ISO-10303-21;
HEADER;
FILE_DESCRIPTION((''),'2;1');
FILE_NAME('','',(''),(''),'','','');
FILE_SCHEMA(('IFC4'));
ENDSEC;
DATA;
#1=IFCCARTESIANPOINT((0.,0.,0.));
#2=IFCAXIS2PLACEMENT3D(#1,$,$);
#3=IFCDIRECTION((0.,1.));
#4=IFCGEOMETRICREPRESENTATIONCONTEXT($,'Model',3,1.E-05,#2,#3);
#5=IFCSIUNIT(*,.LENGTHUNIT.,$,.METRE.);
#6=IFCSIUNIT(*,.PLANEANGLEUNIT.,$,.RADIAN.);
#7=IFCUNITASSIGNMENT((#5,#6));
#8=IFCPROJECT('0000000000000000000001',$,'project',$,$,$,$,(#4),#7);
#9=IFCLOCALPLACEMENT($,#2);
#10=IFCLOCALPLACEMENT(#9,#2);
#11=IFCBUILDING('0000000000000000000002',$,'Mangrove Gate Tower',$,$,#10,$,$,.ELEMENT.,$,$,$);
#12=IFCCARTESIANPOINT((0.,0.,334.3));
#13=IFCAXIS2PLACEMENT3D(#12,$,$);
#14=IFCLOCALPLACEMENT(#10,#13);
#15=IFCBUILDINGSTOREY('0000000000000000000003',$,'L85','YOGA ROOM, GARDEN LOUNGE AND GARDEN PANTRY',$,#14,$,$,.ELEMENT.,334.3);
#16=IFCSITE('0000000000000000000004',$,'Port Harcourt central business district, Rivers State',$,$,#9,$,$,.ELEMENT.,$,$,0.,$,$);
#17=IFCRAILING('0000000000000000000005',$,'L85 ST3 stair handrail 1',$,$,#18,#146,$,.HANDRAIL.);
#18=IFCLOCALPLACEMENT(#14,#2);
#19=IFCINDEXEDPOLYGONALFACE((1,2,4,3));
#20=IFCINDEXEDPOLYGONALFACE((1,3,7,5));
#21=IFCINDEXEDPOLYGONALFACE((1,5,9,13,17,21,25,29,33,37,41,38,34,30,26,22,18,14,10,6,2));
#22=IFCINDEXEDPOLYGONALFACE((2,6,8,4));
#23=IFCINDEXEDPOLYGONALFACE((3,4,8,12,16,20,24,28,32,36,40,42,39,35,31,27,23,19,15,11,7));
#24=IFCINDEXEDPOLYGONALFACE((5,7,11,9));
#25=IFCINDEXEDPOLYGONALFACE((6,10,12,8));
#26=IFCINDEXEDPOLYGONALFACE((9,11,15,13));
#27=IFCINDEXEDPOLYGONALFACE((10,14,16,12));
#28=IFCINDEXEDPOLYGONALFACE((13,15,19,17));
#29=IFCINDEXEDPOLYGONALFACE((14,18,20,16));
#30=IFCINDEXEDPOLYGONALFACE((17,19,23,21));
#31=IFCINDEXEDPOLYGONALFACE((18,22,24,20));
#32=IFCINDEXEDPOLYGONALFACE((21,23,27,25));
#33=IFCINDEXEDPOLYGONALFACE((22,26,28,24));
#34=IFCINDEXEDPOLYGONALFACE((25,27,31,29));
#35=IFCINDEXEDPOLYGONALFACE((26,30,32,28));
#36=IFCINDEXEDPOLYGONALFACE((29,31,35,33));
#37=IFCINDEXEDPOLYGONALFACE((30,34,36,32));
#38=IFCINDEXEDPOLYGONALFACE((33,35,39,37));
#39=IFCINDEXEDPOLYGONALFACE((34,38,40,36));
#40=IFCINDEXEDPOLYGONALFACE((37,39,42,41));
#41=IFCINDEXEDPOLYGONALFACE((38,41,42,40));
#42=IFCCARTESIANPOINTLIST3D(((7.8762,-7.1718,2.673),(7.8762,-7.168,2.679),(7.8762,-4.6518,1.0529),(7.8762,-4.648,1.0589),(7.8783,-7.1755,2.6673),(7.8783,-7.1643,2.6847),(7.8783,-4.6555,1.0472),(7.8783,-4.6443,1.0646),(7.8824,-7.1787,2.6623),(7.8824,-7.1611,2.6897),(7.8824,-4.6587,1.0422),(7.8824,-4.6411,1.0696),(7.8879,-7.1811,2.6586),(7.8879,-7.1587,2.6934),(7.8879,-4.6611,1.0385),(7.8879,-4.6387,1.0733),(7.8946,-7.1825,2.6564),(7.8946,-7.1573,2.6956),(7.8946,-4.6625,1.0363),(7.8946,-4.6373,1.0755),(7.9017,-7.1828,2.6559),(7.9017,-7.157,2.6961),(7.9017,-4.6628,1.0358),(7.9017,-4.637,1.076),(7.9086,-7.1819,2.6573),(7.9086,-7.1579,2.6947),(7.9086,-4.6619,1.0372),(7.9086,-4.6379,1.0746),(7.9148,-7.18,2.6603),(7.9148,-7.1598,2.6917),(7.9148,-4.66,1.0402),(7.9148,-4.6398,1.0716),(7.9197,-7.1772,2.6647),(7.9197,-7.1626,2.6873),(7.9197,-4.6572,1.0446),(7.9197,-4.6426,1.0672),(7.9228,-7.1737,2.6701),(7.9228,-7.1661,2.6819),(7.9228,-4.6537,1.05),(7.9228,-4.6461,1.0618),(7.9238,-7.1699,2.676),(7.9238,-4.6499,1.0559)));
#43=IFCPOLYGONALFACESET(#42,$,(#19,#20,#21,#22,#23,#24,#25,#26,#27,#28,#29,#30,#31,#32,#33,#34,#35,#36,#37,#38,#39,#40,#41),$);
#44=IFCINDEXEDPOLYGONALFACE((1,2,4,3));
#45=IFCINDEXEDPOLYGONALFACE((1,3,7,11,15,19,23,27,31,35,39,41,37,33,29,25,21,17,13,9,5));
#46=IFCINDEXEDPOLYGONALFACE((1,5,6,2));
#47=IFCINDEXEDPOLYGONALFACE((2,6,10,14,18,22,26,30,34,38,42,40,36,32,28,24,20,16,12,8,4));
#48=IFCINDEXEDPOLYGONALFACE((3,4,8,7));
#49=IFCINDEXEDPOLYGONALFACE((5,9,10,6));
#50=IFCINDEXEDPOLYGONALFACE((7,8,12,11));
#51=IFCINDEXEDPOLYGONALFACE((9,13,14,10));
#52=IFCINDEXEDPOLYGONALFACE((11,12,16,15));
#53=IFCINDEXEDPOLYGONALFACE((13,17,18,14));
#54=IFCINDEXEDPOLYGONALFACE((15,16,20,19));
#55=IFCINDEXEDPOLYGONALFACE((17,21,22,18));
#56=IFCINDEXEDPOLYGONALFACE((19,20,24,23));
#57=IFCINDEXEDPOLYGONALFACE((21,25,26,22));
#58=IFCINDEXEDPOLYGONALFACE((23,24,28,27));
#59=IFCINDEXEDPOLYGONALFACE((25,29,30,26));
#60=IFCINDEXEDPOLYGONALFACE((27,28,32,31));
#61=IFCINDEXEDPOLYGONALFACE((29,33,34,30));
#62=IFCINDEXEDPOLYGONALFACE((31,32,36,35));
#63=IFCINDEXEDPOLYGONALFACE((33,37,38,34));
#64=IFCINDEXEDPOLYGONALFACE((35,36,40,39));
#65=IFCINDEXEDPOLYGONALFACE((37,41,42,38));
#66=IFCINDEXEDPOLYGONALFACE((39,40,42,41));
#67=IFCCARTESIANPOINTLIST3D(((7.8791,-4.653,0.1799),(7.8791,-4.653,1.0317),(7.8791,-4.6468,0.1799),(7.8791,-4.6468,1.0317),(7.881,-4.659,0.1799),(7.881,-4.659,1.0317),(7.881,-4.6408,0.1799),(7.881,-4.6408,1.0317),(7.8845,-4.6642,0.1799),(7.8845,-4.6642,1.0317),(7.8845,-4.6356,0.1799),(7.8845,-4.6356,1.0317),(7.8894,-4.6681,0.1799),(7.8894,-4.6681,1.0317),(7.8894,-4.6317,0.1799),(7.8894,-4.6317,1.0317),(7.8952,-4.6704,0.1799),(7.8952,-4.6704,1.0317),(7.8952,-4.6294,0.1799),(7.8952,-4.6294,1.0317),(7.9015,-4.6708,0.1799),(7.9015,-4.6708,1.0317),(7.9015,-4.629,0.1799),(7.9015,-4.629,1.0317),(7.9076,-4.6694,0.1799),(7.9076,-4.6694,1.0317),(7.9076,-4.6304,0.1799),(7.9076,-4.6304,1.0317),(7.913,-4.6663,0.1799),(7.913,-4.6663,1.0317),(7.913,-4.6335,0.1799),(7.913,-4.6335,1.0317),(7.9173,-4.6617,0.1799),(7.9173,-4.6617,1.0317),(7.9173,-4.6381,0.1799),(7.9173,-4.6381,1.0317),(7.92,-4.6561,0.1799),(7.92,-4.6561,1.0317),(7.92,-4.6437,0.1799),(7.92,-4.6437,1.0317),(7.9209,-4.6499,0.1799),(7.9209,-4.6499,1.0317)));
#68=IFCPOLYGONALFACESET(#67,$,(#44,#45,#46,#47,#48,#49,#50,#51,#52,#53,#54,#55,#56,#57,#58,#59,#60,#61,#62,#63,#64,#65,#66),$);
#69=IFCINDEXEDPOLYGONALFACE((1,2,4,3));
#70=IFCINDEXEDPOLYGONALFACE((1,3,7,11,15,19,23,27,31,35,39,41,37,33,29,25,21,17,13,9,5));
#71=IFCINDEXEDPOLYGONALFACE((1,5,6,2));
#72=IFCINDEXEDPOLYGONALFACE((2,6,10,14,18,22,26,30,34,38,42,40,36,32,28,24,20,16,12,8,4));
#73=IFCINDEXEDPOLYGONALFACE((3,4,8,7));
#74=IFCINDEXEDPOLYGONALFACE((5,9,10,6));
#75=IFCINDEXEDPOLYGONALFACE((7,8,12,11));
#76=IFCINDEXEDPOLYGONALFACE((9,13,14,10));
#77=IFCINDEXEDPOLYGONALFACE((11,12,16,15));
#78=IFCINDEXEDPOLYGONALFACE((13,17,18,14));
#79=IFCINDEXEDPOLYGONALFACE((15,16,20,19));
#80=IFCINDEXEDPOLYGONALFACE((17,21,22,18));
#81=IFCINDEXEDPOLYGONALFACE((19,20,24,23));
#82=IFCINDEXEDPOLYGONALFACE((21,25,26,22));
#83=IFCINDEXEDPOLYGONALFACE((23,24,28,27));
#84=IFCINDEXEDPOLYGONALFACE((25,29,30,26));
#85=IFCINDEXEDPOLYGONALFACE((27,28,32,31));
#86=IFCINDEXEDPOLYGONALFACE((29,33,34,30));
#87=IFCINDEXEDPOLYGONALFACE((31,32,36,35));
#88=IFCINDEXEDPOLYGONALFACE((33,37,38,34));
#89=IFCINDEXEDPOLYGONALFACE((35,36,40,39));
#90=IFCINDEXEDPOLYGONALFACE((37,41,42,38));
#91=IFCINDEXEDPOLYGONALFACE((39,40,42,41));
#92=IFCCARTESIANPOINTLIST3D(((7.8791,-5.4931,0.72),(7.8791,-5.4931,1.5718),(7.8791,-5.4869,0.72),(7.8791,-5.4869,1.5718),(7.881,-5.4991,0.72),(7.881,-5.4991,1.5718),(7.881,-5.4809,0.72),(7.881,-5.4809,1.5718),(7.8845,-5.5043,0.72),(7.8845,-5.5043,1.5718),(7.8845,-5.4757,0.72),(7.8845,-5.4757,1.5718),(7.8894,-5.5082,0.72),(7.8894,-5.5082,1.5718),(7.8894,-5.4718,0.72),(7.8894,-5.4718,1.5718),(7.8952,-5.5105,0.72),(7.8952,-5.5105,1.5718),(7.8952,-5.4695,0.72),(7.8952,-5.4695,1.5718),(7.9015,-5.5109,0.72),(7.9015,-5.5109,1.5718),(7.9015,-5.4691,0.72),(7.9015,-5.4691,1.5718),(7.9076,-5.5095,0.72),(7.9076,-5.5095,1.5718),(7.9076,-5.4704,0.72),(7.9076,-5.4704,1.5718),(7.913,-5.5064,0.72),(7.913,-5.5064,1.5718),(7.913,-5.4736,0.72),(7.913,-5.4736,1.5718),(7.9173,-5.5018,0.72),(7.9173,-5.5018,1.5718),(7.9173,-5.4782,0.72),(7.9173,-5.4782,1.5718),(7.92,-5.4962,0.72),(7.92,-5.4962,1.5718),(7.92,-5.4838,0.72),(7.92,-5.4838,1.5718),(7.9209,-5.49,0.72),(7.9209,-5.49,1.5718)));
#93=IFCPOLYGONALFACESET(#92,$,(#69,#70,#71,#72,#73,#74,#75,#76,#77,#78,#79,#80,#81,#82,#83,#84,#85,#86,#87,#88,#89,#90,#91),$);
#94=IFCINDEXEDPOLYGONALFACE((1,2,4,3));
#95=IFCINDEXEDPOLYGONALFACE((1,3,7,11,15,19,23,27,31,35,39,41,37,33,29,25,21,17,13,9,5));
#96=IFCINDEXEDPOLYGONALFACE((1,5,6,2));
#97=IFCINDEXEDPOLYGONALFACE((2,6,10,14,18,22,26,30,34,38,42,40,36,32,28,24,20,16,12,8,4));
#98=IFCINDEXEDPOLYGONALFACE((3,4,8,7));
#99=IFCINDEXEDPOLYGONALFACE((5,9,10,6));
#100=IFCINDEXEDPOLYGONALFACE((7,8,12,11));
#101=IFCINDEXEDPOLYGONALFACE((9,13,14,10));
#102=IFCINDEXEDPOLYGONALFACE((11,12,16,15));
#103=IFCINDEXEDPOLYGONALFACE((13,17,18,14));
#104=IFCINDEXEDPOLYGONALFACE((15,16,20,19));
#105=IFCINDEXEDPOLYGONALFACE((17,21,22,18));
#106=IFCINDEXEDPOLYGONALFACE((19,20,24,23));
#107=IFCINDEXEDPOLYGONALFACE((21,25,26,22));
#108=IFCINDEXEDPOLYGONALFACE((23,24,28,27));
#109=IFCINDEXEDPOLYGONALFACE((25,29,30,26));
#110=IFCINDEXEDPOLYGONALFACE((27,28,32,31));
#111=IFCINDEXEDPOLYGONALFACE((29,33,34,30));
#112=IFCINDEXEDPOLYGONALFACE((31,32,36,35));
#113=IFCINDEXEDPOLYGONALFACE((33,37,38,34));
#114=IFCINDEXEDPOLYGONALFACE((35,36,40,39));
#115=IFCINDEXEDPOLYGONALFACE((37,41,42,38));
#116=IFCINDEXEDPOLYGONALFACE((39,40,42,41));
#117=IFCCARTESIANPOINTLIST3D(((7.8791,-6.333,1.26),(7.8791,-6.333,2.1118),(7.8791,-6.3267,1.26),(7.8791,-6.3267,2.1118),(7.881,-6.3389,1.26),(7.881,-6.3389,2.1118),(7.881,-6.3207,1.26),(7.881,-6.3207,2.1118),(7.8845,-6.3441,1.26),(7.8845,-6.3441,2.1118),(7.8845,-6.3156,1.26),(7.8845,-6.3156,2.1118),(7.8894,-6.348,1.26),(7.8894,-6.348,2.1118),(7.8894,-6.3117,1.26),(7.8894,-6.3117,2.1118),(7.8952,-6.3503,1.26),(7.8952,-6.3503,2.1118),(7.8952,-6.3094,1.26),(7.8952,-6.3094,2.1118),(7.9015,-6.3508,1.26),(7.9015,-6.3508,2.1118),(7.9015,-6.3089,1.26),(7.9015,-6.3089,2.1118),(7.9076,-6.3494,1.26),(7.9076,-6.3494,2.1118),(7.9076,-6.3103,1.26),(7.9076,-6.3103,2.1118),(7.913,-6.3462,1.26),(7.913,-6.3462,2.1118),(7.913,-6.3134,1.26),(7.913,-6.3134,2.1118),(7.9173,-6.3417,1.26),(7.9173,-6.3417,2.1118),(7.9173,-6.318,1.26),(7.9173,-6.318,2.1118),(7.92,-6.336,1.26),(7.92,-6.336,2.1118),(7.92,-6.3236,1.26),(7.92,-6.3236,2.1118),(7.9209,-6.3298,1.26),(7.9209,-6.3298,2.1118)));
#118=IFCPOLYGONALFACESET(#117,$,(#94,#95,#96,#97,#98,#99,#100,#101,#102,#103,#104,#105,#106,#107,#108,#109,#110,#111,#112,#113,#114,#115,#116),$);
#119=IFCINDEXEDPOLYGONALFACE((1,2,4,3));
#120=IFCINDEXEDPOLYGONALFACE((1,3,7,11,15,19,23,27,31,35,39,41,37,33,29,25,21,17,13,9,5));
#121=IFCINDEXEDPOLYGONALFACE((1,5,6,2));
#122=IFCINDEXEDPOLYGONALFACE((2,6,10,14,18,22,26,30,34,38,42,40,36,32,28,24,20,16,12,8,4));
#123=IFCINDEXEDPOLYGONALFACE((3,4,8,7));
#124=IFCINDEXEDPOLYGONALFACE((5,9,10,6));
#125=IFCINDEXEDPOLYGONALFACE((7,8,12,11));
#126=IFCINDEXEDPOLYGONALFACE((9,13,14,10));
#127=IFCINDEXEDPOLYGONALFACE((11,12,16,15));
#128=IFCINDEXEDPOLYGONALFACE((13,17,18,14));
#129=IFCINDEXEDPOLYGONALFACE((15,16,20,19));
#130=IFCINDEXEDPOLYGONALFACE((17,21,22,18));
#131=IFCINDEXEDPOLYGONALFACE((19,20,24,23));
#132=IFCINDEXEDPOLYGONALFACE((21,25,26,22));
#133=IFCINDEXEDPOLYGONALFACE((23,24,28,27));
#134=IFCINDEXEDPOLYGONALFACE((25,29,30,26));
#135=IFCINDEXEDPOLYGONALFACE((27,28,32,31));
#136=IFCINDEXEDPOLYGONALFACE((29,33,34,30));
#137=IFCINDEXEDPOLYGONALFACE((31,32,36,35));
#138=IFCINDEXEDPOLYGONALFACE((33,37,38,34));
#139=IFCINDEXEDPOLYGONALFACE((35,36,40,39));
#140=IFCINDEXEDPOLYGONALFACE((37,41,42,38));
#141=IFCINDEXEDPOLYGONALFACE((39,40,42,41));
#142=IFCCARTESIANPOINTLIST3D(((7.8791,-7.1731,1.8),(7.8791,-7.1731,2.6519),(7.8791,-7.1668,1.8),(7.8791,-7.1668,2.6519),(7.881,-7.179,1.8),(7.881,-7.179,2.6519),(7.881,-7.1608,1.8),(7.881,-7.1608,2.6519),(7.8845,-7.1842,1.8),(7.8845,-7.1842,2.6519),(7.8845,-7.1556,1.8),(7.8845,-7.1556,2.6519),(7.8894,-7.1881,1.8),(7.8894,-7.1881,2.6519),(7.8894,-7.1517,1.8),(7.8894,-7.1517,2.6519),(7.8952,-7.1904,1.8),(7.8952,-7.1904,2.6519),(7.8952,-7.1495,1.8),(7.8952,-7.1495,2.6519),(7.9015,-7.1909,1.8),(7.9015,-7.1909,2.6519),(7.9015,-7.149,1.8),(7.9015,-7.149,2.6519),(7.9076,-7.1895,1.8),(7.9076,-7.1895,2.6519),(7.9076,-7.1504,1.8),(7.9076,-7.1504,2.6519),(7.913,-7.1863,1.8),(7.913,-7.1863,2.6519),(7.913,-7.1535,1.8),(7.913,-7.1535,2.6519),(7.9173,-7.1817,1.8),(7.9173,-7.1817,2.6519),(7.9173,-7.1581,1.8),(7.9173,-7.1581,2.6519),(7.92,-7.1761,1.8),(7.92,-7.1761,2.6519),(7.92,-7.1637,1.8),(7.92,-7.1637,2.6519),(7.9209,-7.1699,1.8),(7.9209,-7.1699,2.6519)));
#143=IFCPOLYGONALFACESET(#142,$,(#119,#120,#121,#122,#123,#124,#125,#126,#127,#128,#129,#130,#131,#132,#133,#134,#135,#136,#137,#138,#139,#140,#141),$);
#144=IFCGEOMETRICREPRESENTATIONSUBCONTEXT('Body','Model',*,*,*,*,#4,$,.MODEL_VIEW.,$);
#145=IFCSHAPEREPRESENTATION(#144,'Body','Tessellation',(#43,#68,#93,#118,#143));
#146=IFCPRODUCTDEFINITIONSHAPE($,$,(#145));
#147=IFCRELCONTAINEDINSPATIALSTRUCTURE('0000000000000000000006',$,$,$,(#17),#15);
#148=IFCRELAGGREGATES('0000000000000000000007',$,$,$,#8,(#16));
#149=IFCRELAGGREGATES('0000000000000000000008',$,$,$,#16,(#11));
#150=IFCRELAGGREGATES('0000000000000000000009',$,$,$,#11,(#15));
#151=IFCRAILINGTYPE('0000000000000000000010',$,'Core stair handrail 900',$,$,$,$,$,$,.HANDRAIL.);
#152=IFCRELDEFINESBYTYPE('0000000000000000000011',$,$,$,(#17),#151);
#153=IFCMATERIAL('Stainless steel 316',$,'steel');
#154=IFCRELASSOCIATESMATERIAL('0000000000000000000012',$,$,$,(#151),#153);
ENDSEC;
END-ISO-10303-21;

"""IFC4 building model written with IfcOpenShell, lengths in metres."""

from ifc_helpers import new_model, si_unit, direction, frame, origin, origin_2d, place, context, subcontext, project, spatial, circle, extrude, material, type_object, element, save


model = new_model("IFC4")

# Units and contexts
model_context = context("Model", 3, precision=1e-05, world=origin(), true_north=direction((0.0, 1.0)))
body_context = subcontext(model_context, "Body", "Model", "MODEL_VIEW")
ifc_project = project(units=[si_unit("LENGTHUNIT", "METRE"), si_unit("PLANEANGLEUNIT", "RADIAN")], contexts=[model_context])

# Site, building, storey
site_placement = place(None, origin())
site = spatial("IfcSite", under=ifc_project, at=site_placement, Name="Port Harcourt central business district, Rivers State", CompositionType="ELEMENT", RefElevation=0.0)
building_placement = place(site_placement, origin())
building = spatial("IfcBuilding", under=site, at=building_placement, Name="Mangrove Gate Tower", CompositionType="ELEMENT")
storey_placement = place(building_placement, frame((0.0, 0.0, 334.3)))
storey = spatial("IfcBuildingStorey", under=building, at=storey_placement, Name="L85", Description="YOGA ROOM, GARDEN LOUNGE AND GARDEN PANTRY", CompositionType="ELEMENT", Elevation=334.3)

# Railing
ifc_material_1 = material(Name="Stainless steel 316", Category="steel")
railing_type_1 = type_object("IfcRailingType", Name="Core stair handrail 900", PredefinedType="HANDRAIL", material=ifc_material_1)
railing_1_placement = place(storey_placement, frame((7.8999, -4.6499, 0.1799)))
element("IfcRailing", 1, at=railing_1_placement, inside=storey, type_object=railing_type_1, Name="L85 ST3 stair handrail 1", PredefinedType="HANDRAIL", context=body_context, shape_type="SweptSolid", body=[
    extrude(circle(Radius=0.0239, at=origin_2d()), frame((0.0, 0.0, 0.876), z_axis=(0.0, -0.841163, 0.540782), x_axis=(1.0, 0.0, 0.0)), (0.0, 0.0, 1.0), 2.9958),
    extrude(circle(Radius=0.021, at=origin_2d()), origin(), (0.0, 0.0, 1.0), 0.8518),
    extrude(circle(Radius=0.021, at=origin_2d()), frame((0.0, -0.8401, 0.54)), (0.0, 0.0, 1.0), 0.8518),
    extrude(circle(Radius=0.021, at=origin_2d()), frame((0.0, -1.6799, 1.0801)), (0.0, 0.0, 1.0), 0.8518),
    extrude(circle(Radius=0.021, at=origin_2d()), frame((0.0, -2.52, 1.6201)), (0.0, 0.0, 1.0), 0.8518),
])

save(model, "model.ifc")
